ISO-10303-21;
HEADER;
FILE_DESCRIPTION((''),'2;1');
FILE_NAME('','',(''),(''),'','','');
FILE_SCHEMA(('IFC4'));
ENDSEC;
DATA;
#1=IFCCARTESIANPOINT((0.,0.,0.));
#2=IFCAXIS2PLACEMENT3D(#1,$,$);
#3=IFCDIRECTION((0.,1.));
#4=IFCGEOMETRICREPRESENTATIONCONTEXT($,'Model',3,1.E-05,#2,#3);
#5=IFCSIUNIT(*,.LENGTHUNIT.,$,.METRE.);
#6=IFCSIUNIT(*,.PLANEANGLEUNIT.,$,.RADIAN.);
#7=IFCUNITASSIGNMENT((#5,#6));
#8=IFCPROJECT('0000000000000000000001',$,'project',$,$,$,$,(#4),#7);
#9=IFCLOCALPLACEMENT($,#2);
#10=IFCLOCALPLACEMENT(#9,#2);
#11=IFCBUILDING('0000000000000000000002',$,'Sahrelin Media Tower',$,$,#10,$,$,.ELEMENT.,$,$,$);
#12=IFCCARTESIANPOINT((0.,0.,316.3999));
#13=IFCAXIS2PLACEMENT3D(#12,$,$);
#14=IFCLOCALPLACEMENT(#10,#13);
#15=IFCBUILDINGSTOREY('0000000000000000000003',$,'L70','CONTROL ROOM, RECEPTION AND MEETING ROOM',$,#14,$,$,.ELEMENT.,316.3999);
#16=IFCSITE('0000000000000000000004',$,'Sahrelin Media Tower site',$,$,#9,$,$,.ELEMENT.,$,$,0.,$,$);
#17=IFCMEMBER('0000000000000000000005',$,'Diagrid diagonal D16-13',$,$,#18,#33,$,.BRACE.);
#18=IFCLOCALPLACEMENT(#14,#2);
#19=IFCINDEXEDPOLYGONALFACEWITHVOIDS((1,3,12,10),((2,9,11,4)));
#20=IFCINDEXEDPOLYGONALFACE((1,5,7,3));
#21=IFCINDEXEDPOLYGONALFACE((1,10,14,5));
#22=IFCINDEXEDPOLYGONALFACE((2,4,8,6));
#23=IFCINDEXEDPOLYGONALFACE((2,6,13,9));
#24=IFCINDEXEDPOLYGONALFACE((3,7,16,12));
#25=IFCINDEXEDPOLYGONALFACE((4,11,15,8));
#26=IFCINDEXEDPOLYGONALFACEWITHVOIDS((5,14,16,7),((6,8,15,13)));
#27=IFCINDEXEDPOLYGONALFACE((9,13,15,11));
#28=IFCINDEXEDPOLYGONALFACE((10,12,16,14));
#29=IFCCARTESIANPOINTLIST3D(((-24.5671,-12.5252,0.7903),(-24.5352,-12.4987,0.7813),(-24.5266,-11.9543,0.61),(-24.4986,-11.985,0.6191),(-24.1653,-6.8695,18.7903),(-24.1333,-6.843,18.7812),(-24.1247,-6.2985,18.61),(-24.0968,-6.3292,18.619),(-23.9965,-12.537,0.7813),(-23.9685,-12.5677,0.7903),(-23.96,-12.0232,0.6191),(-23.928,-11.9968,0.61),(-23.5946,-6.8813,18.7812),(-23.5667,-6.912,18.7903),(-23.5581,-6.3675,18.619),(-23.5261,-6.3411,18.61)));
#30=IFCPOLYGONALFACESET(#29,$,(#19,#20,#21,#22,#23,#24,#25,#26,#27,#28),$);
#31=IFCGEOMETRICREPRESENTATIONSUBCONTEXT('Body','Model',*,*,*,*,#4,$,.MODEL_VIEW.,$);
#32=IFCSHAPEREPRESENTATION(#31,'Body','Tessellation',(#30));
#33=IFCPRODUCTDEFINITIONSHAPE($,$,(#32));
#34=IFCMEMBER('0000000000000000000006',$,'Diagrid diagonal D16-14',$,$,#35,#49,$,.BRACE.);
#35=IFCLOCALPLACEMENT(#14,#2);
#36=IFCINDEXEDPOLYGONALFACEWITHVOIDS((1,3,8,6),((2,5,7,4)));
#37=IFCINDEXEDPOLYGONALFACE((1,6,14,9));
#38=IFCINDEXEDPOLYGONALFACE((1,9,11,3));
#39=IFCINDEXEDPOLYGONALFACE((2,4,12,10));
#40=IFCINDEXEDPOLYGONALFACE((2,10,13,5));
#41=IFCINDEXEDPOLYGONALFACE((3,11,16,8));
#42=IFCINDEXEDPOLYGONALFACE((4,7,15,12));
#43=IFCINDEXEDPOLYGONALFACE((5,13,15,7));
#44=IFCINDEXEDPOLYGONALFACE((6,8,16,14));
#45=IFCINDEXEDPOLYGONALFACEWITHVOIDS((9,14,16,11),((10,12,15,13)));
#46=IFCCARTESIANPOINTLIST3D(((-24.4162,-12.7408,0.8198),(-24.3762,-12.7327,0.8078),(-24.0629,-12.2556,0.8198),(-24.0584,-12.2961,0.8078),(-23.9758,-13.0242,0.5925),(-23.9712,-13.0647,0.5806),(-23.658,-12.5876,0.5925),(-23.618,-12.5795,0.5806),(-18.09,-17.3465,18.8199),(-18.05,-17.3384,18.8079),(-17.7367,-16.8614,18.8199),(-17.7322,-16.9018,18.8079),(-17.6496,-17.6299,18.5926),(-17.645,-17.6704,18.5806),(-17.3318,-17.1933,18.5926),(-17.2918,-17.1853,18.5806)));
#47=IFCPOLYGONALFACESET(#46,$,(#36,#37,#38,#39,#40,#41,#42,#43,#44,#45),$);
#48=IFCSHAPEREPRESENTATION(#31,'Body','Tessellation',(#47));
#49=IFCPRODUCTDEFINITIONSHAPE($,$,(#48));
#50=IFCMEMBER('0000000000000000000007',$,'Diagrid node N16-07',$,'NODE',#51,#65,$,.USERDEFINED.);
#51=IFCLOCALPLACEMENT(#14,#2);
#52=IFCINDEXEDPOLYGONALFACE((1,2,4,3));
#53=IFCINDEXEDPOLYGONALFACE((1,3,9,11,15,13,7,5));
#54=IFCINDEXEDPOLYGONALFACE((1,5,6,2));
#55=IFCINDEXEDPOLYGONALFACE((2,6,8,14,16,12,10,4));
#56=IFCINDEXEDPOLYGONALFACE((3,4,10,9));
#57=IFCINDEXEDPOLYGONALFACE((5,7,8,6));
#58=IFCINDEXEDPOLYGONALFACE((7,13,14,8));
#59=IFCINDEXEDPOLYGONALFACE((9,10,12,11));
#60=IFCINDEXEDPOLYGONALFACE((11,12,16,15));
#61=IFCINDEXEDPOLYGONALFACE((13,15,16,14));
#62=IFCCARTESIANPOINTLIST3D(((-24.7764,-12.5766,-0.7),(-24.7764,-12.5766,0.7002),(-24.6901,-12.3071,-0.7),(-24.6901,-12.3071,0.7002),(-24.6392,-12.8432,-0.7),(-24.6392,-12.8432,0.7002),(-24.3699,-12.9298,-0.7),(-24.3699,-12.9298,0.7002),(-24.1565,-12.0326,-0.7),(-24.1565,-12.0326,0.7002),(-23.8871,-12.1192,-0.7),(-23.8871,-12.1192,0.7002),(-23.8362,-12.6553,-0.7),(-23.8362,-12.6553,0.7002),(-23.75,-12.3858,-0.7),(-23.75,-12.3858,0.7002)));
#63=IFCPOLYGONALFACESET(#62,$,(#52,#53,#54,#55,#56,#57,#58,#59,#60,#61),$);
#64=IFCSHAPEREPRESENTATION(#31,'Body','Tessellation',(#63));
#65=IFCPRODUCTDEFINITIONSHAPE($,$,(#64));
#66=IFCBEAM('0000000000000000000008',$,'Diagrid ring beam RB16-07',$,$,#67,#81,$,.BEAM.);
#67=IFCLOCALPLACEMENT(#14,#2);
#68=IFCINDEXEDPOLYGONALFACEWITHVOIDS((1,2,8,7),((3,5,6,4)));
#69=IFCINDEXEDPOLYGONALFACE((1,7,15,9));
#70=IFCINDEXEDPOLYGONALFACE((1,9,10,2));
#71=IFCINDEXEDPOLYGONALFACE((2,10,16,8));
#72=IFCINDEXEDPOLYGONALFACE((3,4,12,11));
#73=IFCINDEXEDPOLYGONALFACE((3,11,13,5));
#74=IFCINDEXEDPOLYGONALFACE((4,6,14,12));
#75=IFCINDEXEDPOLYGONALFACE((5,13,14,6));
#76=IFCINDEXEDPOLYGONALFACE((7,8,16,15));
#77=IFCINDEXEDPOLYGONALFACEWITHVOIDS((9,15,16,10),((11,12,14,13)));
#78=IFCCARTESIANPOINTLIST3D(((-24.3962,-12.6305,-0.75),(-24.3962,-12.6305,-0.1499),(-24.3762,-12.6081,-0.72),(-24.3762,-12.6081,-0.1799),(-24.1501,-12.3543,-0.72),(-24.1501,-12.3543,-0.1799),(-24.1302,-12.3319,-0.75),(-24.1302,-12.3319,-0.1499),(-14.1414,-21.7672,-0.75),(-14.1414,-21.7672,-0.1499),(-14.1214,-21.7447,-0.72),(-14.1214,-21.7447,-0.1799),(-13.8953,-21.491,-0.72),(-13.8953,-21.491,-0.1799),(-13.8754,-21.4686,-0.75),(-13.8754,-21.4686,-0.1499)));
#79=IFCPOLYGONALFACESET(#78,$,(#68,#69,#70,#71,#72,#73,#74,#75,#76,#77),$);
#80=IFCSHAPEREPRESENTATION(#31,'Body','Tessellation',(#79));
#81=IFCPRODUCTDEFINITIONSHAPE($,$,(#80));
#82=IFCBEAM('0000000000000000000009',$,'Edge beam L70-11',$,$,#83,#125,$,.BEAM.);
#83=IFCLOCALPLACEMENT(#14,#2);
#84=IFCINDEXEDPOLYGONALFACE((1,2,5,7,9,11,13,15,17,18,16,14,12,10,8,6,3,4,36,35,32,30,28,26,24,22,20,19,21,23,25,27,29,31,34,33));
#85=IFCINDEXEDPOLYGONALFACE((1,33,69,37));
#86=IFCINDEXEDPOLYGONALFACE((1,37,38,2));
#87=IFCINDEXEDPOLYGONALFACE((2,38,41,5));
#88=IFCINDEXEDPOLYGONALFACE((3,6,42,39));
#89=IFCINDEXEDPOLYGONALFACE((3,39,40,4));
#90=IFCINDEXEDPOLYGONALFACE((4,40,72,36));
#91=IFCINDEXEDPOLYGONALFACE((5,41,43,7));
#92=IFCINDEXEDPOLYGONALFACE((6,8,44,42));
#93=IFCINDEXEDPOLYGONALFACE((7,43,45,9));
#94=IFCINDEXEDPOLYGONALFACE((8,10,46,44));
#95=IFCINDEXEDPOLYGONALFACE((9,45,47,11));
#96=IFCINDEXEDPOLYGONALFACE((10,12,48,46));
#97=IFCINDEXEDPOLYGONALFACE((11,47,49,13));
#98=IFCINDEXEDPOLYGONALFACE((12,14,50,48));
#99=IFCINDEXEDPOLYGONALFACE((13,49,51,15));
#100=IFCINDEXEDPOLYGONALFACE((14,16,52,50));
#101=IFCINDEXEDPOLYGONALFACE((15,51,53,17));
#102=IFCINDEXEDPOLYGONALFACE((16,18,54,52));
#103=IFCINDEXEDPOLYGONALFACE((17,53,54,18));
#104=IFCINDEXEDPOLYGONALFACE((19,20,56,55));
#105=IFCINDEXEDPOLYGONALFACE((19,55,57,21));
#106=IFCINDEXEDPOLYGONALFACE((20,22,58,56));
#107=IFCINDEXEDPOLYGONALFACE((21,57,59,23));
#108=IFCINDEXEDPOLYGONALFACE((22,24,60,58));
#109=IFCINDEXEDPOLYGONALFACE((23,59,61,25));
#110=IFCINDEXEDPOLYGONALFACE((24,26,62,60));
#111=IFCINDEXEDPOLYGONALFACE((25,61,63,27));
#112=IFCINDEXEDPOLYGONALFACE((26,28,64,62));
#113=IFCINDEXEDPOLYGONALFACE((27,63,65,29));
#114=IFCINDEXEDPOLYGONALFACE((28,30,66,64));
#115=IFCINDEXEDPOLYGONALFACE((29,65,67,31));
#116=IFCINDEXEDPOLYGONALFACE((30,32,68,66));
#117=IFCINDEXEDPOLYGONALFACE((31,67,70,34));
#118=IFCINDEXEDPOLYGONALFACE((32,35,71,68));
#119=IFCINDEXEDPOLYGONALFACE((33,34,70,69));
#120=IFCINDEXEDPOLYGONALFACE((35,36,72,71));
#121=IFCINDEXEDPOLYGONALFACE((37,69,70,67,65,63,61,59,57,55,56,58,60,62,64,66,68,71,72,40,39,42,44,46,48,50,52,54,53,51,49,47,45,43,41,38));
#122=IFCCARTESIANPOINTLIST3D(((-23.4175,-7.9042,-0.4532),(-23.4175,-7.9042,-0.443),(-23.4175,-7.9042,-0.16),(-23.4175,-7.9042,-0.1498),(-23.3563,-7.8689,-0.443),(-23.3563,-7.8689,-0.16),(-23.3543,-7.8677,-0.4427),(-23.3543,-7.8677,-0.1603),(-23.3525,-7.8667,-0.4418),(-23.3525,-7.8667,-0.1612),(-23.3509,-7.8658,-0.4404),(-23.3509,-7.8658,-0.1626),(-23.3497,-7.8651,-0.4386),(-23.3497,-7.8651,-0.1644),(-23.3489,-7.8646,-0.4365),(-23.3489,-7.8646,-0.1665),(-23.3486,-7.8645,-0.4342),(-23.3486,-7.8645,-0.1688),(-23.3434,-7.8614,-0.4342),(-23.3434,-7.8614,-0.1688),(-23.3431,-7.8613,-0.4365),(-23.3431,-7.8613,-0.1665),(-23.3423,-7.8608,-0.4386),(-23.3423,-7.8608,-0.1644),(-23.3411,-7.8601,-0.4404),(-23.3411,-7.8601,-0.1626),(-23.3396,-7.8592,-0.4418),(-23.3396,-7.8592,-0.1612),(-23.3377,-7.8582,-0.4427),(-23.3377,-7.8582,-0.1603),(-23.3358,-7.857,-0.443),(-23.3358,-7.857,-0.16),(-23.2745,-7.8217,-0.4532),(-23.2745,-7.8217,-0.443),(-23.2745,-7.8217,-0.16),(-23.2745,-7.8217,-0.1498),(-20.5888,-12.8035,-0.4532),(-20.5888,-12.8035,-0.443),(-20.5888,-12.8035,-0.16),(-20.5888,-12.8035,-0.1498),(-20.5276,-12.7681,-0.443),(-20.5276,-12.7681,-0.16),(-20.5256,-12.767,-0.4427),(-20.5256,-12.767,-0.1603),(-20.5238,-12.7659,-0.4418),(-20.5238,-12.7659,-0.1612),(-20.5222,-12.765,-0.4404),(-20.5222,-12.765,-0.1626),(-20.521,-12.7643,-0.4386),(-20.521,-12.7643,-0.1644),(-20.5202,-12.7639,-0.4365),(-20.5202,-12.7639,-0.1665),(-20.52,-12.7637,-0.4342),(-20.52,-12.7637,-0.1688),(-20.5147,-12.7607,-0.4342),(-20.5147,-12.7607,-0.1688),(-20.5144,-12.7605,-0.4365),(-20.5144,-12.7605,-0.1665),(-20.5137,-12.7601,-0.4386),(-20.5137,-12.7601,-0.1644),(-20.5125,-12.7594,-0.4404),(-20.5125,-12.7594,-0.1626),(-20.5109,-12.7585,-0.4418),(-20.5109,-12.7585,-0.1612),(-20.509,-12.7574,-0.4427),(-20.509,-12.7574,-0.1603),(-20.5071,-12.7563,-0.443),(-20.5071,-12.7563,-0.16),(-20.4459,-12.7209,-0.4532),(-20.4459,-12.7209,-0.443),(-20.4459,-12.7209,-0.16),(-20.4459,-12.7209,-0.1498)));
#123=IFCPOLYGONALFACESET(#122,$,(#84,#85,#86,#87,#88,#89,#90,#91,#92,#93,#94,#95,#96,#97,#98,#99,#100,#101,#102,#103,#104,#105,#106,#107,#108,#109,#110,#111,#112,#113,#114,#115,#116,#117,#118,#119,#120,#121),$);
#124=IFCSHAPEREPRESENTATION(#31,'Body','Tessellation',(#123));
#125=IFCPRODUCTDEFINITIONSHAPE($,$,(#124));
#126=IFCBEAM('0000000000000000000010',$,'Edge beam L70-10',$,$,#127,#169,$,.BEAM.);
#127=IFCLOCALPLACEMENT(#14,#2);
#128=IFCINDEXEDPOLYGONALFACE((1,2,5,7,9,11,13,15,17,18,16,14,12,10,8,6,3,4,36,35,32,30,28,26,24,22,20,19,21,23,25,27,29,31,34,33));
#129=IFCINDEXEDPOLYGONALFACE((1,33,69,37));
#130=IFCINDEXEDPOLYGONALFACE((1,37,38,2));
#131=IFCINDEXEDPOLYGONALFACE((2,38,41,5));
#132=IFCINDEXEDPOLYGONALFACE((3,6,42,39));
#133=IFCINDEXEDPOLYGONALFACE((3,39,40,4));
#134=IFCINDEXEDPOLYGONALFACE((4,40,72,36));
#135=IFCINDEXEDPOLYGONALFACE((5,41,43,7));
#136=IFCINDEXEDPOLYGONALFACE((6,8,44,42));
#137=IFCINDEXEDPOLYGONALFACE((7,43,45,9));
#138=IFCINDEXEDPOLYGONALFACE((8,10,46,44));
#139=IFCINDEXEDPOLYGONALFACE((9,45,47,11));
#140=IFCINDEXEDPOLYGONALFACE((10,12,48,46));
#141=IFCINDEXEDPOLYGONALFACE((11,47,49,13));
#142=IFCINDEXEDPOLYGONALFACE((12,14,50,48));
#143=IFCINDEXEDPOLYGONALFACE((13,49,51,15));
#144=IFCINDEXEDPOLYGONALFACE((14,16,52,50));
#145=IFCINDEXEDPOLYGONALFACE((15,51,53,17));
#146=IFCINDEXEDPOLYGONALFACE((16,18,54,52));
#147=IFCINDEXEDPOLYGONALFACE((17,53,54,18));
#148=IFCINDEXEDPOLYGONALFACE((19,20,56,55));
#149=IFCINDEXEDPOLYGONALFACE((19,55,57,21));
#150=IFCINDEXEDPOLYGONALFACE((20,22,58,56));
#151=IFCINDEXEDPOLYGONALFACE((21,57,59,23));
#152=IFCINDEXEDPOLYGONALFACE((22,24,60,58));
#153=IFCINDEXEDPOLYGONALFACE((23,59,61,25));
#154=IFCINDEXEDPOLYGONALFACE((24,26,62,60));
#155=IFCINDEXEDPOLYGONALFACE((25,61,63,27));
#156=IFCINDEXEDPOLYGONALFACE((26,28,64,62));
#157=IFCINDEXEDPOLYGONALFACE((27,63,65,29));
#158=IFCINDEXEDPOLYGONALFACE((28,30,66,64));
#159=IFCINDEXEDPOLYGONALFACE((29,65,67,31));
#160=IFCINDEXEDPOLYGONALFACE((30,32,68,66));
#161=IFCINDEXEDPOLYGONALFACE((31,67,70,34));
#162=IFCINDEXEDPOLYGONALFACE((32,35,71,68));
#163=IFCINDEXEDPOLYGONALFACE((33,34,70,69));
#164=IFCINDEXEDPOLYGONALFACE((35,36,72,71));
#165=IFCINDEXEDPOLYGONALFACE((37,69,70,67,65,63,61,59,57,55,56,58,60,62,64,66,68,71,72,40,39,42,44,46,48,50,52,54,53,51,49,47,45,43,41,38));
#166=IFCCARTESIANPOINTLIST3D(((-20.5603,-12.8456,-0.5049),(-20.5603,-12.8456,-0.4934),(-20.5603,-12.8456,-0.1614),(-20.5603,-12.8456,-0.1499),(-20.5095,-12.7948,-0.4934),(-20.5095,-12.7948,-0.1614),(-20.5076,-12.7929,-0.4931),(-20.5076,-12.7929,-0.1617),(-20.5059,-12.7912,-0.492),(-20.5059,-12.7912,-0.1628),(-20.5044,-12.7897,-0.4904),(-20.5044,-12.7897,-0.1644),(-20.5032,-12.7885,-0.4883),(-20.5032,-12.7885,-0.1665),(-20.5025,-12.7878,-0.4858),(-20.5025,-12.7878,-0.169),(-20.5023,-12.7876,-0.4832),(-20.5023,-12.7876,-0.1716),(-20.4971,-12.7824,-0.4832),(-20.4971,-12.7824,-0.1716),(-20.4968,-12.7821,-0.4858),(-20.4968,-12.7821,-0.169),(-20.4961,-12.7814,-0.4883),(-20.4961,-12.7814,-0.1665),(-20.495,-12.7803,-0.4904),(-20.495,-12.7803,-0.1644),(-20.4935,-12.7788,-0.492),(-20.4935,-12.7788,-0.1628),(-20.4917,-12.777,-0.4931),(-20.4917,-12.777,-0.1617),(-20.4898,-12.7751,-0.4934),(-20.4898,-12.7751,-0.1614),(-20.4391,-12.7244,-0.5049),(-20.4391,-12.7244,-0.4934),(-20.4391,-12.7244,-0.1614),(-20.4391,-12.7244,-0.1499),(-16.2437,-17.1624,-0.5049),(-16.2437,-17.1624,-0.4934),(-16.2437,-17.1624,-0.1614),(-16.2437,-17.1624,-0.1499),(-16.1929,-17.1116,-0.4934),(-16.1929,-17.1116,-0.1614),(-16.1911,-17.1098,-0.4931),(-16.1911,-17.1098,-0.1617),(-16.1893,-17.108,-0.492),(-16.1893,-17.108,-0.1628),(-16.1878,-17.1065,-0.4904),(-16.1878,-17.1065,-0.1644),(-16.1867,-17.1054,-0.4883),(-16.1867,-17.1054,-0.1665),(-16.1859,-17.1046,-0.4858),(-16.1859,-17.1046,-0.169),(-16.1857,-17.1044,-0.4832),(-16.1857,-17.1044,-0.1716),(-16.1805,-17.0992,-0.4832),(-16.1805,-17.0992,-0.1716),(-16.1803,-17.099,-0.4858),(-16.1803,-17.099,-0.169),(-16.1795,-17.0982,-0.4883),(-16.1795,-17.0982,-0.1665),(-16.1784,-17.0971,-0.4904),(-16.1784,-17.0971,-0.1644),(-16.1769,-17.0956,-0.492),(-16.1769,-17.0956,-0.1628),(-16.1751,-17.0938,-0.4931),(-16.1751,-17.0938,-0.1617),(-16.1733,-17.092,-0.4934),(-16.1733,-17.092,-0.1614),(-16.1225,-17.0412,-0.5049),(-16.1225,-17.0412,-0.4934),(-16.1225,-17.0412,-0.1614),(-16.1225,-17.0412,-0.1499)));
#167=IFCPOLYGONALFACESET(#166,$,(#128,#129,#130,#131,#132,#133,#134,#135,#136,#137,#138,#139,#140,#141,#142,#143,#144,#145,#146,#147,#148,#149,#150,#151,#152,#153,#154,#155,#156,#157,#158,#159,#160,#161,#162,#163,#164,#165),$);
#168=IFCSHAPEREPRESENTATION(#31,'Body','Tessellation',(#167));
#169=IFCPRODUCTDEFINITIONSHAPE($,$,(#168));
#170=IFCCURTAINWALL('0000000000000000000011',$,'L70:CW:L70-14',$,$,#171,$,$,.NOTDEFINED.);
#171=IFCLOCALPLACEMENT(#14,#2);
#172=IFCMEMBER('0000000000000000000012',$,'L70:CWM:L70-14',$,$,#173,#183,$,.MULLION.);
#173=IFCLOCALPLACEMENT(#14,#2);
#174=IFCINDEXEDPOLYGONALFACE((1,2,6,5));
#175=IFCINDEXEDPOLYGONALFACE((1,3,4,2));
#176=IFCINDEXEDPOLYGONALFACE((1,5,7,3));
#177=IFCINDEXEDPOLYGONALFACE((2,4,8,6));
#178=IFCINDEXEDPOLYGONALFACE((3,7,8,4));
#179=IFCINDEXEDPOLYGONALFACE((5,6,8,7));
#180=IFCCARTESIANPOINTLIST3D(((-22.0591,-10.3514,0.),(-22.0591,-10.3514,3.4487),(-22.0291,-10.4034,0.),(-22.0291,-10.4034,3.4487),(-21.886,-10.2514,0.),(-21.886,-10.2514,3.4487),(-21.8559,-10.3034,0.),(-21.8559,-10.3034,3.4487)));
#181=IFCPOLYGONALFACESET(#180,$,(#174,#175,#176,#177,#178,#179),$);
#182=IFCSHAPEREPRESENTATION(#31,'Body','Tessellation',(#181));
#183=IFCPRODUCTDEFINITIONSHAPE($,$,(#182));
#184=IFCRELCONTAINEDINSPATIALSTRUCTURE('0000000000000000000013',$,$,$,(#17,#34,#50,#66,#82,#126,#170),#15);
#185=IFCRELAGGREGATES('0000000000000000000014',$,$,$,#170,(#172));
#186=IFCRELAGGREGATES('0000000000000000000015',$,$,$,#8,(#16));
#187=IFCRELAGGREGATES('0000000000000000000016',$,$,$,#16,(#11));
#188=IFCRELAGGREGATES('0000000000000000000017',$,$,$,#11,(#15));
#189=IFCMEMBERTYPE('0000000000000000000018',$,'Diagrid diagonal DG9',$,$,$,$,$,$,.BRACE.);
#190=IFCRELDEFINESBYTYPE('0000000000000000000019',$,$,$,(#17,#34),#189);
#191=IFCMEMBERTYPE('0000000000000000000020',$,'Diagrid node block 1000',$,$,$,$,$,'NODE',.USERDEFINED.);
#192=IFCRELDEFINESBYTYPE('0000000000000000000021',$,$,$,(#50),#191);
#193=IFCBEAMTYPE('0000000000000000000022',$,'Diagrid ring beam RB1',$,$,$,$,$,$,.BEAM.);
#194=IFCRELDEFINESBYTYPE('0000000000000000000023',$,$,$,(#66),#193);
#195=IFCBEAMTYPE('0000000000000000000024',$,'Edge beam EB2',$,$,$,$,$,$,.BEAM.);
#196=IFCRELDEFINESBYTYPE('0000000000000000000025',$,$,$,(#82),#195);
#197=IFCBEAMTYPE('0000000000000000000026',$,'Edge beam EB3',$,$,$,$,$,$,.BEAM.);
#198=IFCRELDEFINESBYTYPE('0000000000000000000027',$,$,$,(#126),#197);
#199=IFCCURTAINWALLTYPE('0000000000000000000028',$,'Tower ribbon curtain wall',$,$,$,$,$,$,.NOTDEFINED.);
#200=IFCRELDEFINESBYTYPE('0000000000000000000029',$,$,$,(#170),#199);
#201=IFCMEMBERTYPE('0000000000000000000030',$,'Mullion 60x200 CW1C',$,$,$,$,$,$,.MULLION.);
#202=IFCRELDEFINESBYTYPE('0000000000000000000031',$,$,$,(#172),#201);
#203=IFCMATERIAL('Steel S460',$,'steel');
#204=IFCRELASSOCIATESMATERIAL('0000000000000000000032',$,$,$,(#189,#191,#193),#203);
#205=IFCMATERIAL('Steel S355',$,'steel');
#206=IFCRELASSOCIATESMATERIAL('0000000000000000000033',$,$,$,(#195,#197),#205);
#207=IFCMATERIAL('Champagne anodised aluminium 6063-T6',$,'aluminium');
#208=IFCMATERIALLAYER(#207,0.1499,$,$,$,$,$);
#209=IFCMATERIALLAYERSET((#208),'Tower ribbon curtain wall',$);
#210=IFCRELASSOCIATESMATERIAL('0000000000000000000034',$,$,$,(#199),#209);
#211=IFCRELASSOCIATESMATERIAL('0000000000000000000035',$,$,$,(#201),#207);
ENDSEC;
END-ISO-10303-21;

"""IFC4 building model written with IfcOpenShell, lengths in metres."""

from ifc_helpers import new_model, si_unit, direction, frame, origin, origin_2d, place, context, subcontext, project, spatial, polyline, rectangle, hollow_rectangle, i_section, outline, extrude, material, layer, layer_set, material_profile, profile_set, type_object, element, aggregate, save


model = new_model("IFC4")

# Units and contexts
model_context = context("Model", 3, precision=1e-05, world=origin(), true_north=direction((0.0, 1.0)))
body_context = subcontext(model_context, "Body", "Model", "MODEL_VIEW")
ifc_project = project(units=[si_unit("LENGTHUNIT", "METRE"), si_unit("PLANEANGLEUNIT", "RADIAN")], contexts=[model_context])

# Site, building, storey
site_placement = place(None, origin())
site = spatial("IfcSite", under=ifc_project, at=site_placement, Name="Sahrelin Media Tower site", CompositionType="ELEMENT", RefElevation=0.0)
building_placement = place(site_placement, origin())
building = spatial("IfcBuilding", under=site, at=building_placement, Name="Sahrelin Media Tower", CompositionType="ELEMENT")
storey_placement = place(building_placement, frame((0.0, 0.0, 316.3999)))
storey = spatial("IfcBuildingStorey", under=building, at=storey_placement, Name="L70", Description="CONTROL ROOM, RECEPTION AND MEETING ROOM", CompositionType="ELEMENT", Elevation=316.3999)

# Members
ifc_material_1 = material(Name="Steel S460", Category="steel")
ifc_material_profile_1 = material_profile(ifc_material_1, hollow_rectangle(XDim=0.6001, YDim=0.6001, WallThickness=0.03, at=origin_2d()), Name="Diagrid diagonal DG9")
ifc_profile_set_1 = profile_set([ifc_material_profile_1], Name="Steel S460")
member_type_1 = type_object("IfcMemberType", Name="Diagrid diagonal DG9", PredefinedType="BRACE", material=ifc_profile_set_1)
member_1_placement = place(storey_placement, frame((-24.2476, -12.261, 0.7002), z_axis=(0.021294, 0.299692, 0.953798), x_axis=(-0.997485, 0.070874, 0.0)))
element("IfcMember", 1, at=member_1_placement, inside=storey, type_object=member_type_1, Name="Diagrid diagonal D16-13", PredefinedType="BRACE", context=body_context, shape_type="SweptSolid", body=[
    extrude(hollow_rectangle(XDim=0.6001, YDim=0.6001, WallThickness=0.03, at=origin_2d()), origin(), (0.0, 0.0, 1.0), 18.8718),
])
member_2_placement = place(storey_placement, frame((-24.0171, -12.6602, 0.7002), z_axis=(0.322314, -0.234658, 0.917087), x_axis=(0.588578, 0.808441, 0.0)))
element("IfcMember", 2, at=member_2_placement, inside=storey, type_object=member_type_1, Name="Diagrid diagonal D16-14", PredefinedType="BRACE", context=body_context, shape_type="SweptSolid", body=[
    extrude(hollow_rectangle(XDim=0.6001, YDim=0.6001, WallThickness=0.03, at=origin_2d()), origin(), (0.0, 0.0, 1.0), 19.6274),
])
ifc_material_profile_2 = material_profile(ifc_material_1, outline(polyline([(0.3, -0.3501), (0.5, -0.1499), (0.5, 0.1499), (0.3, 0.3501), (-0.3, 0.3501), (-0.5, 0.1499), (-0.5, -0.1499), (-0.3, -0.3501), (0.3, -0.3501)])), Name="Diagrid node block 1000")
ifc_profile_set_2 = profile_set([ifc_material_profile_2], Name="Steel S460")
member_type_2 = type_object("IfcMemberType", Name="Diagrid node block 1000", ElementType="NODE", PredefinedType="USERDEFINED", material=ifc_profile_set_2)
member_3_placement = place(storey_placement, frame((-24.2632, -12.4812, -0.7), z_axis=(0.0, 0.0, 1.0), x_axis=(-0.889245, -0.457432, 0.0)))
element("IfcMember", 3, at=member_3_placement, inside=storey, type_object=member_type_2, Name="Diagrid node N16-07", ObjectType="NODE", PredefinedType="USERDEFINED", context=body_context, shape_type="SweptSolid", body=[
    extrude(outline(polyline([(0.3, -0.3501), (0.5, -0.1499), (0.5, 0.1499), (0.3, 0.3501), (-0.3, 0.3501), (-0.5, 0.1499), (-0.5, -0.1499), (-0.3, -0.3501), (0.3, -0.3501)])), origin(), (0.0, 0.0, 1.0), 1.4001),
])

# Beams
ifc_material_profile_3 = material_profile(ifc_material_1, hollow_rectangle(XDim=0.3999, YDim=0.6001, WallThickness=0.03, at=origin_2d()), Name="Diagrid ring beam RB1")
ifc_profile_set_3 = profile_set([ifc_material_profile_3], Name="Steel S460")
beam_type_1 = type_object("IfcBeamType", Name="Diagrid ring beam RB1", PredefinedType="BEAM", material=ifc_profile_set_3)
beam_1_placement = place(storey_placement, frame((-24.2632, -12.4812, -0.45), z_axis=(0.74664, -0.665228, 0.0), x_axis=(0.665228, 0.74664, 0.0)))
element("IfcBeam", 4, at=beam_1_placement, inside=storey, type_object=beam_type_1, Name="Diagrid ring beam RB16-07", PredefinedType="BEAM", context=body_context, shape_type="SweptSolid", body=[
    extrude(hollow_rectangle(XDim=0.3999, YDim=0.6001, WallThickness=0.03, at=origin_2d()), origin(), (0.0, 0.0, 1.0), 13.7346),
])
ifc_material_2 = material(Name="Steel S355", Category="steel")
ifc_material_profile_4 = material_profile(ifc_material_2, i_section(OverallWidth=0.165, OverallDepth=0.3035, WebThickness=0.0061, FlangeThickness=0.0103, FilletRadius=0.0088, at=origin_2d()), Name="UB 305x165x40")
ifc_profile_set_4 = profile_set([ifc_material_profile_4], Name="Steel S355")
beam_type_2 = type_object("IfcBeamType", Name="Edge beam EB2", PredefinedType="BEAM", material=ifc_profile_set_4)
beam_2_placement = place(storey_placement, frame((-20.5173, -12.7622, -0.3015), z_axis=(-0.50001, 0.86602, 0.0), x_axis=(-0.86602, -0.50001, 0.0)))
element("IfcBeam", 5, at=beam_2_placement, inside=storey, type_object=beam_type_2, Name="Edge beam L70-11", PredefinedType="BEAM", context=body_context, shape_type="SweptSolid", body=[
    extrude(i_section(OverallWidth=0.165, OverallDepth=0.3035, WebThickness=0.0061, FlangeThickness=0.0103, FilletRadius=0.0088, at=origin_2d()), origin(), (0.0, 0.0, 1.0), 5.6572),
])
ifc_material_profile_5 = material_profile(ifc_material_2, i_section(OverallWidth=0.1714, OverallDepth=0.355, WebThickness=0.0073, FlangeThickness=0.0115, FilletRadius=0.0103, at=origin_2d()), Name="UB 356x171x51")
ifc_profile_set_5 = profile_set([ifc_material_profile_5], Name="Steel S355")
beam_type_3 = type_object("IfcBeamType", Name="Edge beam EB3", PredefinedType="BEAM", material=ifc_profile_set_5)
beam_3_placement = place(storey_placement, frame((-16.1831, -17.1018, -0.3274), z_axis=(-0.707087, 0.707127, 0.0), x_axis=(-0.707127, -0.707087, 0.0)))
element("IfcBeam", 6, at=beam_3_placement, inside=storey, type_object=beam_type_3, Name="Edge beam L70-10", PredefinedType="BEAM", context=body_context, shape_type="SweptSolid", body=[
    extrude(i_section(OverallWidth=0.1714, OverallDepth=0.355, WebThickness=0.0073, FlangeThickness=0.0115, FilletRadius=0.0103, at=origin_2d()), origin(), (0.0, 0.0, 1.0), 6.1047),
])

# Curtain wall, member
ifc_material_3 = material(Name="Champagne anodised aluminium 6063-T6", Category="aluminium")
ifc_layer_1 = layer(ifc_material_3, 0.1499)
ifc_layer_set_1 = layer_set([ifc_layer_1], Name="Tower ribbon curtain wall")
curtain_wall_type = type_object("IfcCurtainWallType", Name="Tower ribbon curtain wall", PredefinedType="NOTDEFINED", material=ifc_layer_set_1)
curtain_wall_1_placement = place(storey_placement, frame((-22.0615, -10.3877, 0.0), z_axis=(0.0, 0.0, 1.0), x_axis=(1.0, 0.0, 0.0)))
curtain_wall_1 = element("IfcCurtainWall", 7, at=curtain_wall_1_placement, inside=storey, type_object=curtain_wall_type, Name="L70:CW:L70-14", PredefinedType="NOTDEFINED")
ifc_material_profile_6 = material_profile(ifc_material_3, rectangle(XDim=0.0601, YDim=0.2, at=origin_2d()), Name="Mullion 60x200")
ifc_profile_set_6 = profile_set([ifc_material_profile_6], Name="Champagne anodised aluminium 6063-T6")
member_type_3 = type_object("IfcMemberType", Name="Mullion 60x200 CW1C", PredefinedType="MULLION", material=ifc_profile_set_6)
member_4_placement = place(storey_placement, frame((-21.9575, -10.3274, 0.0), z_axis=(0.0, 0.0, 1.0), x_axis=(0.500002, -0.866025, 0.0)))
member_4 = element("IfcMember", 8, at=member_4_placement, type_object=member_type_3, Name="L70:CWM:L70-14", PredefinedType="MULLION", context=body_context, shape_type="SweptSolid", body=[
    extrude(rectangle(XDim=0.0601, YDim=0.2, at=origin_2d()), origin(), (0.0, 0.0, 1.0), 3.4487),
])

aggregate(curtain_wall_1, [member_4])

save(model, "model.ifc")
